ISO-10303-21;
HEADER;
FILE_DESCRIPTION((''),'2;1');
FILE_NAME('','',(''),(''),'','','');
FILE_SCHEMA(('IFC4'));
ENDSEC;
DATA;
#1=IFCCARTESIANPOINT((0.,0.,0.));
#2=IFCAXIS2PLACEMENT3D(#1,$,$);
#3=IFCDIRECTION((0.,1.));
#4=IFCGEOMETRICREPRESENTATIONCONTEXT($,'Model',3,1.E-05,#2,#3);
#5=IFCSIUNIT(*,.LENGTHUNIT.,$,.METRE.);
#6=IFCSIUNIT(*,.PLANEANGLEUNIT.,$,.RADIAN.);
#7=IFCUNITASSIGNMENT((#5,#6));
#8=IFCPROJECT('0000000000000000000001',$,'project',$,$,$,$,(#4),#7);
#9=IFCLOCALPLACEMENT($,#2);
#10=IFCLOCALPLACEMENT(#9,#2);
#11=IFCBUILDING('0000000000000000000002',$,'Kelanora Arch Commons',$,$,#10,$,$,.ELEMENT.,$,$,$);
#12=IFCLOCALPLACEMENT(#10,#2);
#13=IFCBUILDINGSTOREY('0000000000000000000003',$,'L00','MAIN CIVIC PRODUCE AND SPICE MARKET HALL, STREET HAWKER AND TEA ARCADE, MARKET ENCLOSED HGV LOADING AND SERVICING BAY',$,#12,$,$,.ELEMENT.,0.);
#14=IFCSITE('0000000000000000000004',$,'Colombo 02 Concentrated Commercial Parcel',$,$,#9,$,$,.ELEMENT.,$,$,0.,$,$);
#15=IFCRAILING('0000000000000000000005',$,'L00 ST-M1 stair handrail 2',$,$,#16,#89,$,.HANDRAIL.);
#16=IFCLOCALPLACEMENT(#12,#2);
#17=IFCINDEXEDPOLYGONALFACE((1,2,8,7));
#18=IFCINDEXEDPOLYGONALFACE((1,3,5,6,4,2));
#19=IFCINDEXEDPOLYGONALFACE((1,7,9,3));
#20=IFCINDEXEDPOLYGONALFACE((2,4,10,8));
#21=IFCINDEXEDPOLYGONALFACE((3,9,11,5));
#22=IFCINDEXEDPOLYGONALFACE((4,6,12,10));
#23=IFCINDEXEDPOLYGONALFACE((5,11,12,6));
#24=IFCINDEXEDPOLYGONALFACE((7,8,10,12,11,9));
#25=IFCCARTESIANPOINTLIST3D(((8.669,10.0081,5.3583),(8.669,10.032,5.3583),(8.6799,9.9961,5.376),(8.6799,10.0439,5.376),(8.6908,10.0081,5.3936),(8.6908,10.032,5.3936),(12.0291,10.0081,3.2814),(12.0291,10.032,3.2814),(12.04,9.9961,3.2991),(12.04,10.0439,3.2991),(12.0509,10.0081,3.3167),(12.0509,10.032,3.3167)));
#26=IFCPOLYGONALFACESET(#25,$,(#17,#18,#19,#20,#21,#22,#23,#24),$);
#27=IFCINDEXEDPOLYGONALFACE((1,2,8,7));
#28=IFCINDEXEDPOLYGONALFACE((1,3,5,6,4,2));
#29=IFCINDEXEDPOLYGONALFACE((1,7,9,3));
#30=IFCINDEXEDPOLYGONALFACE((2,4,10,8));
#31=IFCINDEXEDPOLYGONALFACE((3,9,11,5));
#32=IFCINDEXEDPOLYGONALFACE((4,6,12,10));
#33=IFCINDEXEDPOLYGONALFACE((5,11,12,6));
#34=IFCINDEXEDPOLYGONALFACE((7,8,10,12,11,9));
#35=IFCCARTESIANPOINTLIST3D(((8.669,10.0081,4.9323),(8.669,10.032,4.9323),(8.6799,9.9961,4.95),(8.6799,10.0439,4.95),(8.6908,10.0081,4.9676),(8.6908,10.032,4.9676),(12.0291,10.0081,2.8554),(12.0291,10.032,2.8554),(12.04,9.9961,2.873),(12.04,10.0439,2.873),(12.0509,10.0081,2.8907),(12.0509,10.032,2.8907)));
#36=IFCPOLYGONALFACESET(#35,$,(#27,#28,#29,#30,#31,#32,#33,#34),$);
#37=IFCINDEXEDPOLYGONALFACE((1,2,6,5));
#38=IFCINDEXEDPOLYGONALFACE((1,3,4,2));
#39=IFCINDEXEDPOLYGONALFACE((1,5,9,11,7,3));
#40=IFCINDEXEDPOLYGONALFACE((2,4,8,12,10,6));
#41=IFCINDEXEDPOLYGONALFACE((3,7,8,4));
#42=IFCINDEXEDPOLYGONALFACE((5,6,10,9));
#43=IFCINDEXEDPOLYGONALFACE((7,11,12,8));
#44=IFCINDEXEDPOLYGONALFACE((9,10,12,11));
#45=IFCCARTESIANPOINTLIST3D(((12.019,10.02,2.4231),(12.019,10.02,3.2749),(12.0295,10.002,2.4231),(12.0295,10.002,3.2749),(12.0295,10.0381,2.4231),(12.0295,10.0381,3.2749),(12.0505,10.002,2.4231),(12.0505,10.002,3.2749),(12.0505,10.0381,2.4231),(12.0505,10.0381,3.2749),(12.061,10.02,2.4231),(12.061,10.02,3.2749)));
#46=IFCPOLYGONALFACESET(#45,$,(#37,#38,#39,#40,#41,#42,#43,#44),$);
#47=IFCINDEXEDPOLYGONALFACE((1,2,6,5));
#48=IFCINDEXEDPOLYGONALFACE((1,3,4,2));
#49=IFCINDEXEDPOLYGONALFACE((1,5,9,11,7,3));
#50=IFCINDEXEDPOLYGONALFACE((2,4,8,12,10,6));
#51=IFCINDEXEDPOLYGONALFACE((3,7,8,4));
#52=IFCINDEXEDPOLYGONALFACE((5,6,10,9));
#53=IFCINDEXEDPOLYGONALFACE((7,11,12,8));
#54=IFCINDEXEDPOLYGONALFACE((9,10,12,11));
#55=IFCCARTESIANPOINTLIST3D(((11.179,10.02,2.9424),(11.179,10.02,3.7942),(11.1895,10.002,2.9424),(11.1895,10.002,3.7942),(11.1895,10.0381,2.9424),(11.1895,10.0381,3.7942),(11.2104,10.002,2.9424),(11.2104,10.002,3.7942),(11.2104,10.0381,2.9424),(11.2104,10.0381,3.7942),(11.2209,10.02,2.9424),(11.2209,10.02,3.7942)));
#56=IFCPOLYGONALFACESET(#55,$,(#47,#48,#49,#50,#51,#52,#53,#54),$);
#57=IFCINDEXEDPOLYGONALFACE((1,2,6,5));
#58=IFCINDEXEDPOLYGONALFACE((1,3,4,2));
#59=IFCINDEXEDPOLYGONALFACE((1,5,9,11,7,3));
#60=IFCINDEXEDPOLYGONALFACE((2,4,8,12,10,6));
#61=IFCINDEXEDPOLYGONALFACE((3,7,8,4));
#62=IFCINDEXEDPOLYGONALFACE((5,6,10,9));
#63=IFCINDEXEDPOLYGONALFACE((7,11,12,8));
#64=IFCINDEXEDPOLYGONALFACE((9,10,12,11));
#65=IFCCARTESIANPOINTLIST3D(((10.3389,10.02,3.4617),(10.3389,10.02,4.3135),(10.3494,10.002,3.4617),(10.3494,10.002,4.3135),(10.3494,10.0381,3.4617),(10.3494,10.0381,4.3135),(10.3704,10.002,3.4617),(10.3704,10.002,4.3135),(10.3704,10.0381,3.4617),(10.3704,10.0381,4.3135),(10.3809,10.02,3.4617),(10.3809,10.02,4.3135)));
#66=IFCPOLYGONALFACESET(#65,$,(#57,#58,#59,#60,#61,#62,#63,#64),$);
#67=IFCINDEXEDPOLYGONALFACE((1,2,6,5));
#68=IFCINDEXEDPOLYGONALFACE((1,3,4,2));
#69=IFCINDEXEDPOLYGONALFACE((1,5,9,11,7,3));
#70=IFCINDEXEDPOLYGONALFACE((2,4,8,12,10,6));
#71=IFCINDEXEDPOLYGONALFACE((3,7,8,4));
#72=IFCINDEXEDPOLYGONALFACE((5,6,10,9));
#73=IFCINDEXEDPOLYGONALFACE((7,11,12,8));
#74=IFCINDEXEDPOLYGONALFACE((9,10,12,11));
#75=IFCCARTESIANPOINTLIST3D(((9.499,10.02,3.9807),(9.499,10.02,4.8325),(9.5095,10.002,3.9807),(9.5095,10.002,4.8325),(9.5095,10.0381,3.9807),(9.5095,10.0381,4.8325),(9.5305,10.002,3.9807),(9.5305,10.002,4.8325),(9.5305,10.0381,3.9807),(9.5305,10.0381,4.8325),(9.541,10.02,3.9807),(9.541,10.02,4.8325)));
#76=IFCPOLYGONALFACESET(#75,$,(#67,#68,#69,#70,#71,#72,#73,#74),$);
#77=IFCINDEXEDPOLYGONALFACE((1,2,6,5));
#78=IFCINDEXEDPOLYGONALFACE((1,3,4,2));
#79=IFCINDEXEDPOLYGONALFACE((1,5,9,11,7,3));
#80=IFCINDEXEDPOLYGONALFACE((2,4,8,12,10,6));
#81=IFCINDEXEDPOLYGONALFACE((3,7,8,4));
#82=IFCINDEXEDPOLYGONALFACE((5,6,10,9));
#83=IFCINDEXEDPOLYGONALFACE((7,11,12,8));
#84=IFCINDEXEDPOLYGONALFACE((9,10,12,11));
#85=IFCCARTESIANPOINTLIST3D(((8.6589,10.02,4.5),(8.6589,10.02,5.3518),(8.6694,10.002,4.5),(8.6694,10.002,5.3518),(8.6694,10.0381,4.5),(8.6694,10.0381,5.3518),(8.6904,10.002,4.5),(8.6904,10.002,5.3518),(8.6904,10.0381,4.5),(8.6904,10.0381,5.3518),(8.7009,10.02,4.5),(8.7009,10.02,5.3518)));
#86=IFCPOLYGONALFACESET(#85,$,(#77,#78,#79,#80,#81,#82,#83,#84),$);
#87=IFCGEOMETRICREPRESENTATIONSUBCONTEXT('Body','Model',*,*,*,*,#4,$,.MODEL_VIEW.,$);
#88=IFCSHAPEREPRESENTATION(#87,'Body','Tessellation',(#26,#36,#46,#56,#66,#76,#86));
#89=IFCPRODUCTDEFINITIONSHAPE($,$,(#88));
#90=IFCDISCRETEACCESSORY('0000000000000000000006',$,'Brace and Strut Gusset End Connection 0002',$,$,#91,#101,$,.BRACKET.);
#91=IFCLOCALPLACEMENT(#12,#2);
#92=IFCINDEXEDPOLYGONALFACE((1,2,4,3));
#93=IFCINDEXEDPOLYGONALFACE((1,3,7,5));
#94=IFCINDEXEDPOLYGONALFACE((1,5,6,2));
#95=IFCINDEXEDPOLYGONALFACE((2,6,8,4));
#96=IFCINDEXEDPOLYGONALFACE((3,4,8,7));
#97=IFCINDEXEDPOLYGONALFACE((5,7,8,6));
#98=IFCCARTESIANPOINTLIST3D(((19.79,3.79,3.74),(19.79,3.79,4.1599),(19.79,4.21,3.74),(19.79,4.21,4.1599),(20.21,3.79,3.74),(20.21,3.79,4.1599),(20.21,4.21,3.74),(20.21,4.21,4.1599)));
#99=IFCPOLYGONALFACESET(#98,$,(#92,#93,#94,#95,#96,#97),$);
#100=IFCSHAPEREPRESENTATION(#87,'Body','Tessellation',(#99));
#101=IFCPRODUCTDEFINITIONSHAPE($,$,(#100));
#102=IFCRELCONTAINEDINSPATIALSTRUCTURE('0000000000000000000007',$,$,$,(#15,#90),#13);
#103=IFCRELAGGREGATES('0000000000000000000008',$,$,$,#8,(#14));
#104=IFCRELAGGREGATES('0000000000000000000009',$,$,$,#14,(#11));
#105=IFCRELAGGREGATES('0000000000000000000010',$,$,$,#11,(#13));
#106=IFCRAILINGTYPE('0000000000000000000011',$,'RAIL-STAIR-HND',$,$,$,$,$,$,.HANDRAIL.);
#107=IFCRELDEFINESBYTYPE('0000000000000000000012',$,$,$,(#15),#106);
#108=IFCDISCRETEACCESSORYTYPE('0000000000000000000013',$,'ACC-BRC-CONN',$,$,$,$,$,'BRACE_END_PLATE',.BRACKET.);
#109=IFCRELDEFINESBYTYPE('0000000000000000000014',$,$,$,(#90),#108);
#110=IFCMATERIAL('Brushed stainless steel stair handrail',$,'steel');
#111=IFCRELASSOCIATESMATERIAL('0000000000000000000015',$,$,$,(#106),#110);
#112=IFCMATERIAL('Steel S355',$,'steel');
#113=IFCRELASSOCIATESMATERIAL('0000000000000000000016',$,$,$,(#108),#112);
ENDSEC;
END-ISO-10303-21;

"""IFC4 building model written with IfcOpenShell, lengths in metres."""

from ifc_helpers import new_model, si_unit, direction, frame, origin, origin_2d, place, context, subcontext, project, spatial, polyline, rectangle, outline, extrude, source, transform, mapped, material, type_object, element, save


model = new_model("IFC4")

# Units and contexts
model_context = context("Model", 3, precision=1e-05, world=origin(), true_north=direction((0.0, 1.0)))
body_context = subcontext(model_context, "Body", "Model", "MODEL_VIEW")
ifc_project = project(units=[si_unit("LENGTHUNIT", "METRE"), si_unit("PLANEANGLEUNIT", "RADIAN")], contexts=[model_context])

# Site, building, storey
site_placement = place(None, origin())
site = spatial("IfcSite", under=ifc_project, at=site_placement, Name="Colombo 02 Concentrated Commercial Parcel", CompositionType="ELEMENT", RefElevation=0.0)
building_placement = place(site_placement, origin())
building = spatial("IfcBuilding", under=site, at=building_placement, Name="Kelanora Arch Commons", CompositionType="ELEMENT")
storey_placement = place(building_placement, origin())
storey = spatial("IfcBuildingStorey", under=building, at=storey_placement, Name="L00", Description="MAIN CIVIC PRODUCE AND SPICE MARKET HALL, STREET HAWKER AND TEA ARCADE, MARKET ENCLOSED HGV LOADING AND SERVICING BAY", CompositionType="ELEMENT", Elevation=0.0)

# Railing
ifc_material_1 = material(Name="Brushed stainless steel stair handrail", Category="steel")
railing_type_1 = type_object("IfcRailingType", Name="RAIL-STAIR-HND", PredefinedType="HANDRAIL", material=ifc_material_1)
railing_1_placement = place(storey_placement, frame((12.04, 10.02, 2.4231)))
element("IfcRailing", 1, at=railing_1_placement, inside=storey, type_object=railing_type_1, Name="L00 ST-M1 stair handrail 2", PredefinedType="HANDRAIL", context=body_context, shape_type="SweptSolid", body=[
    extrude(outline(polyline([(0.0239, 0.0), (0.012, 0.0208), (-0.012, 0.0208), (-0.0239, 0.0), (-0.012, -0.0208), (0.012, -0.0208), (0.0239, 0.0)])), frame((0.0, 0.0, 0.876), z_axis=(-0.850623, 0.0, 0.525776), x_axis=(0.0, -1.0, 0.0)), (0.0, 0.0, 1.0), 3.9502),
    extrude(outline(polyline([(0.0239, 0.0), (0.012, 0.0208), (-0.012, 0.0208), (-0.0239, 0.0), (-0.012, -0.0208), (0.012, -0.0208), (0.0239, 0.0)])), frame((0.0, 0.0, 0.45), z_axis=(-0.850623, 0.0, 0.525776), x_axis=(0.0, -1.0, 0.0)), (0.0, 0.0, 1.0), 3.9502),
    extrude(outline(polyline([(0.021, 0.0), (0.0105, 0.0181), (-0.0105, 0.0181), (-0.021, 0.0), (-0.0105, -0.0181), (0.0105, -0.0181), (0.021, 0.0)])), origin(), (0.0, 0.0, 1.0), 0.8518),
    extrude(outline(polyline([(0.021, 0.0), (0.0105, 0.0181), (-0.0105, 0.0181), (-0.021, 0.0), (-0.0105, -0.0181), (0.0105, -0.0181), (0.021, 0.0)])), frame((-0.8401, 0.0, 0.5193)), (0.0, 0.0, 1.0), 0.8518),
    extrude(outline(polyline([(0.021, 0.0), (0.0105, 0.0181), (-0.0105, 0.0181), (-0.021, 0.0), (-0.0105, -0.0181), (0.0105, -0.0181), (0.021, 0.0)])), frame((-1.6802, 0.0, 1.0386)), (0.0, 0.0, 1.0), 0.8518),
    extrude(outline(polyline([(0.021, 0.0), (0.0105, 0.0181), (-0.0105, 0.0181), (-0.021, 0.0), (-0.0105, -0.0181), (0.0105, -0.0181), (0.021, 0.0)])), frame((-2.52, 0.0, 1.5576)), (0.0, 0.0, 1.0), 0.8518),
    extrude(outline(polyline([(0.021, 0.0), (0.0105, 0.0181), (-0.0105, 0.0181), (-0.021, 0.0), (-0.0105, -0.0181), (0.0105, -0.0181), (0.021, 0.0)])), frame((-3.3601, 0.0, 2.0769)), (0.0, 0.0, 1.0), 0.8518),
])

# Discrete accessory
ifc_material_2 = material(Name="Steel S355", Category="steel")
discrete_accessory_type = type_object("IfcDiscreteAccessoryType", Name="ACC-BRC-CONN", ElementType="BRACE_END_PLATE", PredefinedType="BRACKET", material=ifc_material_2)
shared_shape_1 = source(origin(), body_context, "Body", "SweptSolid", [
    extrude(rectangle(XDim=0.4199, YDim=0.4199, at=origin_2d()), origin(), (0.0, 0.0, 1.0), 0.4199),
])
discrete_accessory_placement = place(storey_placement, frame((20.0, 4.0, 3.74), z_axis=(0.0, 0.0, 1.0), x_axis=(1.0, 0.0, 0.0)))
element("IfcDiscreteAccessory", 2, at=discrete_accessory_placement, inside=storey, type_object=discrete_accessory_type, Name="Brace and Strut Gusset End Connection 0002", PredefinedType="BRACKET", context=body_context, shape_type="MappedRepresentation", body=[
    mapped(shared_shape_1, transform((0.0, 0.0, 0.0), scale=1.0)),
])

save(model, "model.ifc")
